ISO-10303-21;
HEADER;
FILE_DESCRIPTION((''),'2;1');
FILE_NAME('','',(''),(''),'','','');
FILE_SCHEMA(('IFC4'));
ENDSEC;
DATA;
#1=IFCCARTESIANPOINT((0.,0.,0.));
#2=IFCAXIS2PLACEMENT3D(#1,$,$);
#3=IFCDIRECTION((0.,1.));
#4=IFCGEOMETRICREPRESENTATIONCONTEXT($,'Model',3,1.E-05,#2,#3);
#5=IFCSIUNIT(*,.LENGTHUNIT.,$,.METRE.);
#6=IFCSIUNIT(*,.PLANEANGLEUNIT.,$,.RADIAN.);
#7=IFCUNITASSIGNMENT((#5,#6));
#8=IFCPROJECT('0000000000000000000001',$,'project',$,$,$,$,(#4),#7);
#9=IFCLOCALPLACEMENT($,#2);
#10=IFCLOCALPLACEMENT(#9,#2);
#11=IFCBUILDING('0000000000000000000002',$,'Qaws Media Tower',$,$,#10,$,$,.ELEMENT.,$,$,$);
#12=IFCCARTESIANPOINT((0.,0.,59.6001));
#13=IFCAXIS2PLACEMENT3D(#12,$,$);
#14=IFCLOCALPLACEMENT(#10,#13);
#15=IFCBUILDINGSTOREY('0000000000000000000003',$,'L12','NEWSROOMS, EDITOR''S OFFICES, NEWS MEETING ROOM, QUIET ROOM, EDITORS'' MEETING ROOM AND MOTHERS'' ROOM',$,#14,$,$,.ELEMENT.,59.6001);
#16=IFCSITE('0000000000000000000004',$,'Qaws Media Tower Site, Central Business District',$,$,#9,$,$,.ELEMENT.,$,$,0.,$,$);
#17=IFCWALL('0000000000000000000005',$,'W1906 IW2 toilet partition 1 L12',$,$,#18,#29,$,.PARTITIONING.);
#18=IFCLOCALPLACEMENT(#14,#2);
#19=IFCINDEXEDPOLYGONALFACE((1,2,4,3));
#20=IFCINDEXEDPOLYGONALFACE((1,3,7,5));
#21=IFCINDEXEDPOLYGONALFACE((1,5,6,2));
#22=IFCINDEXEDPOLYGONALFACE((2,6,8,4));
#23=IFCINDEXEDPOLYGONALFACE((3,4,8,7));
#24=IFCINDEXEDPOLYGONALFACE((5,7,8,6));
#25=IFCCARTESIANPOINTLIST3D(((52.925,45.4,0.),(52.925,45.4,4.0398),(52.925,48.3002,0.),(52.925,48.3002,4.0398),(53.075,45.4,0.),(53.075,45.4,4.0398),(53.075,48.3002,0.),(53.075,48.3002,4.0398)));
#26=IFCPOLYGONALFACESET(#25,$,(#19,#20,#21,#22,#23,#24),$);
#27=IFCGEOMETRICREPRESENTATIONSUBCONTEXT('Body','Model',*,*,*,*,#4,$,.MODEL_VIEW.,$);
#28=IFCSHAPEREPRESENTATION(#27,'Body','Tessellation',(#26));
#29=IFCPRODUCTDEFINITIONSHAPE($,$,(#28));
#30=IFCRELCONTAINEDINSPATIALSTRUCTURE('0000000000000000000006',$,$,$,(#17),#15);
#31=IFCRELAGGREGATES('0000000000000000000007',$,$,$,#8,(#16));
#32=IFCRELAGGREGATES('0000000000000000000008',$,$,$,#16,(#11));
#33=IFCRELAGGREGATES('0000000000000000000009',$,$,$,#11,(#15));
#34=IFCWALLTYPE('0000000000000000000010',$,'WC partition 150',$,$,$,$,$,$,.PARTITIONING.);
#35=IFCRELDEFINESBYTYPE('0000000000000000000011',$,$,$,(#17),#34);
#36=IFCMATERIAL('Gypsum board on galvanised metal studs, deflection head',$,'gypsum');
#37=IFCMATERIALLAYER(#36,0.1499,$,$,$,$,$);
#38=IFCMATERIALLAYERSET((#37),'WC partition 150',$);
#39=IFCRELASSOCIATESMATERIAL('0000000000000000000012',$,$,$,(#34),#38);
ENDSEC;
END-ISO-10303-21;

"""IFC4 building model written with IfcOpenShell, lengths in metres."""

from ifc_helpers import new_model, si_unit, direction, frame, frame_2d, origin, place, context, subcontext, project, spatial, rectangle, extrude, material, layer, layer_set, type_object, element, save


model = new_model("IFC4")

# Units and contexts
model_context = context("Model", 3, precision=1e-05, world=origin(), true_north=direction((0.0, 1.0)))
body_context = subcontext(model_context, "Body", "Model", "MODEL_VIEW")
ifc_project = project(units=[si_unit("LENGTHUNIT", "METRE"), si_unit("PLANEANGLEUNIT", "RADIAN")], contexts=[model_context])

# Site, building, storey
site_placement = place(None, origin())
site = spatial("IfcSite", under=ifc_project, at=site_placement, Name="Qaws Media Tower Site, Central Business District", CompositionType="ELEMENT", RefElevation=0.0)
building_placement = place(site_placement, origin())
building = spatial("IfcBuilding", under=site, at=building_placement, Name="Qaws Media Tower", CompositionType="ELEMENT")
storey_placement = place(building_placement, frame((0.0, 0.0, 59.6001)))
storey = spatial("IfcBuildingStorey", under=building, at=storey_placement, Name="L12", Description="NEWSROOMS, EDITOR'S OFFICES, NEWS MEETING ROOM, QUIET ROOM, EDITORS' MEETING ROOM AND MOTHERS' ROOM", CompositionType="ELEMENT", Elevation=59.6001)

# Wall
ifc_material_1 = material(Name="Gypsum board on galvanised metal studs, deflection head", Category="gypsum")
ifc_layer_1 = layer(ifc_material_1, 0.1499)
ifc_layer_set_1 = layer_set([ifc_layer_1], Name="WC partition 150")
wall_type_1 = type_object("IfcWallType", Name="WC partition 150", PredefinedType="PARTITIONING", material=ifc_layer_set_1)
wall_1_placement = place(storey_placement, frame((53.0, 45.3999, 0.0), z_axis=(0.0, 0.0, 1.0), x_axis=(0.0, 1.0, 0.0)))
element("IfcWall", 1, at=wall_1_placement, inside=storey, type_object=wall_type_1, Name="W1906 IW2 toilet partition 1 L12", PredefinedType="PARTITIONING", context=body_context, shape_type="SweptSolid", body=[
    extrude(rectangle(XDim=2.9001, YDim=0.1499, at=frame_2d((1.4502, 0.0))), origin(), (0.0, 0.0, 1.0), 4.0398),
])

save(model, "model.ifc")
